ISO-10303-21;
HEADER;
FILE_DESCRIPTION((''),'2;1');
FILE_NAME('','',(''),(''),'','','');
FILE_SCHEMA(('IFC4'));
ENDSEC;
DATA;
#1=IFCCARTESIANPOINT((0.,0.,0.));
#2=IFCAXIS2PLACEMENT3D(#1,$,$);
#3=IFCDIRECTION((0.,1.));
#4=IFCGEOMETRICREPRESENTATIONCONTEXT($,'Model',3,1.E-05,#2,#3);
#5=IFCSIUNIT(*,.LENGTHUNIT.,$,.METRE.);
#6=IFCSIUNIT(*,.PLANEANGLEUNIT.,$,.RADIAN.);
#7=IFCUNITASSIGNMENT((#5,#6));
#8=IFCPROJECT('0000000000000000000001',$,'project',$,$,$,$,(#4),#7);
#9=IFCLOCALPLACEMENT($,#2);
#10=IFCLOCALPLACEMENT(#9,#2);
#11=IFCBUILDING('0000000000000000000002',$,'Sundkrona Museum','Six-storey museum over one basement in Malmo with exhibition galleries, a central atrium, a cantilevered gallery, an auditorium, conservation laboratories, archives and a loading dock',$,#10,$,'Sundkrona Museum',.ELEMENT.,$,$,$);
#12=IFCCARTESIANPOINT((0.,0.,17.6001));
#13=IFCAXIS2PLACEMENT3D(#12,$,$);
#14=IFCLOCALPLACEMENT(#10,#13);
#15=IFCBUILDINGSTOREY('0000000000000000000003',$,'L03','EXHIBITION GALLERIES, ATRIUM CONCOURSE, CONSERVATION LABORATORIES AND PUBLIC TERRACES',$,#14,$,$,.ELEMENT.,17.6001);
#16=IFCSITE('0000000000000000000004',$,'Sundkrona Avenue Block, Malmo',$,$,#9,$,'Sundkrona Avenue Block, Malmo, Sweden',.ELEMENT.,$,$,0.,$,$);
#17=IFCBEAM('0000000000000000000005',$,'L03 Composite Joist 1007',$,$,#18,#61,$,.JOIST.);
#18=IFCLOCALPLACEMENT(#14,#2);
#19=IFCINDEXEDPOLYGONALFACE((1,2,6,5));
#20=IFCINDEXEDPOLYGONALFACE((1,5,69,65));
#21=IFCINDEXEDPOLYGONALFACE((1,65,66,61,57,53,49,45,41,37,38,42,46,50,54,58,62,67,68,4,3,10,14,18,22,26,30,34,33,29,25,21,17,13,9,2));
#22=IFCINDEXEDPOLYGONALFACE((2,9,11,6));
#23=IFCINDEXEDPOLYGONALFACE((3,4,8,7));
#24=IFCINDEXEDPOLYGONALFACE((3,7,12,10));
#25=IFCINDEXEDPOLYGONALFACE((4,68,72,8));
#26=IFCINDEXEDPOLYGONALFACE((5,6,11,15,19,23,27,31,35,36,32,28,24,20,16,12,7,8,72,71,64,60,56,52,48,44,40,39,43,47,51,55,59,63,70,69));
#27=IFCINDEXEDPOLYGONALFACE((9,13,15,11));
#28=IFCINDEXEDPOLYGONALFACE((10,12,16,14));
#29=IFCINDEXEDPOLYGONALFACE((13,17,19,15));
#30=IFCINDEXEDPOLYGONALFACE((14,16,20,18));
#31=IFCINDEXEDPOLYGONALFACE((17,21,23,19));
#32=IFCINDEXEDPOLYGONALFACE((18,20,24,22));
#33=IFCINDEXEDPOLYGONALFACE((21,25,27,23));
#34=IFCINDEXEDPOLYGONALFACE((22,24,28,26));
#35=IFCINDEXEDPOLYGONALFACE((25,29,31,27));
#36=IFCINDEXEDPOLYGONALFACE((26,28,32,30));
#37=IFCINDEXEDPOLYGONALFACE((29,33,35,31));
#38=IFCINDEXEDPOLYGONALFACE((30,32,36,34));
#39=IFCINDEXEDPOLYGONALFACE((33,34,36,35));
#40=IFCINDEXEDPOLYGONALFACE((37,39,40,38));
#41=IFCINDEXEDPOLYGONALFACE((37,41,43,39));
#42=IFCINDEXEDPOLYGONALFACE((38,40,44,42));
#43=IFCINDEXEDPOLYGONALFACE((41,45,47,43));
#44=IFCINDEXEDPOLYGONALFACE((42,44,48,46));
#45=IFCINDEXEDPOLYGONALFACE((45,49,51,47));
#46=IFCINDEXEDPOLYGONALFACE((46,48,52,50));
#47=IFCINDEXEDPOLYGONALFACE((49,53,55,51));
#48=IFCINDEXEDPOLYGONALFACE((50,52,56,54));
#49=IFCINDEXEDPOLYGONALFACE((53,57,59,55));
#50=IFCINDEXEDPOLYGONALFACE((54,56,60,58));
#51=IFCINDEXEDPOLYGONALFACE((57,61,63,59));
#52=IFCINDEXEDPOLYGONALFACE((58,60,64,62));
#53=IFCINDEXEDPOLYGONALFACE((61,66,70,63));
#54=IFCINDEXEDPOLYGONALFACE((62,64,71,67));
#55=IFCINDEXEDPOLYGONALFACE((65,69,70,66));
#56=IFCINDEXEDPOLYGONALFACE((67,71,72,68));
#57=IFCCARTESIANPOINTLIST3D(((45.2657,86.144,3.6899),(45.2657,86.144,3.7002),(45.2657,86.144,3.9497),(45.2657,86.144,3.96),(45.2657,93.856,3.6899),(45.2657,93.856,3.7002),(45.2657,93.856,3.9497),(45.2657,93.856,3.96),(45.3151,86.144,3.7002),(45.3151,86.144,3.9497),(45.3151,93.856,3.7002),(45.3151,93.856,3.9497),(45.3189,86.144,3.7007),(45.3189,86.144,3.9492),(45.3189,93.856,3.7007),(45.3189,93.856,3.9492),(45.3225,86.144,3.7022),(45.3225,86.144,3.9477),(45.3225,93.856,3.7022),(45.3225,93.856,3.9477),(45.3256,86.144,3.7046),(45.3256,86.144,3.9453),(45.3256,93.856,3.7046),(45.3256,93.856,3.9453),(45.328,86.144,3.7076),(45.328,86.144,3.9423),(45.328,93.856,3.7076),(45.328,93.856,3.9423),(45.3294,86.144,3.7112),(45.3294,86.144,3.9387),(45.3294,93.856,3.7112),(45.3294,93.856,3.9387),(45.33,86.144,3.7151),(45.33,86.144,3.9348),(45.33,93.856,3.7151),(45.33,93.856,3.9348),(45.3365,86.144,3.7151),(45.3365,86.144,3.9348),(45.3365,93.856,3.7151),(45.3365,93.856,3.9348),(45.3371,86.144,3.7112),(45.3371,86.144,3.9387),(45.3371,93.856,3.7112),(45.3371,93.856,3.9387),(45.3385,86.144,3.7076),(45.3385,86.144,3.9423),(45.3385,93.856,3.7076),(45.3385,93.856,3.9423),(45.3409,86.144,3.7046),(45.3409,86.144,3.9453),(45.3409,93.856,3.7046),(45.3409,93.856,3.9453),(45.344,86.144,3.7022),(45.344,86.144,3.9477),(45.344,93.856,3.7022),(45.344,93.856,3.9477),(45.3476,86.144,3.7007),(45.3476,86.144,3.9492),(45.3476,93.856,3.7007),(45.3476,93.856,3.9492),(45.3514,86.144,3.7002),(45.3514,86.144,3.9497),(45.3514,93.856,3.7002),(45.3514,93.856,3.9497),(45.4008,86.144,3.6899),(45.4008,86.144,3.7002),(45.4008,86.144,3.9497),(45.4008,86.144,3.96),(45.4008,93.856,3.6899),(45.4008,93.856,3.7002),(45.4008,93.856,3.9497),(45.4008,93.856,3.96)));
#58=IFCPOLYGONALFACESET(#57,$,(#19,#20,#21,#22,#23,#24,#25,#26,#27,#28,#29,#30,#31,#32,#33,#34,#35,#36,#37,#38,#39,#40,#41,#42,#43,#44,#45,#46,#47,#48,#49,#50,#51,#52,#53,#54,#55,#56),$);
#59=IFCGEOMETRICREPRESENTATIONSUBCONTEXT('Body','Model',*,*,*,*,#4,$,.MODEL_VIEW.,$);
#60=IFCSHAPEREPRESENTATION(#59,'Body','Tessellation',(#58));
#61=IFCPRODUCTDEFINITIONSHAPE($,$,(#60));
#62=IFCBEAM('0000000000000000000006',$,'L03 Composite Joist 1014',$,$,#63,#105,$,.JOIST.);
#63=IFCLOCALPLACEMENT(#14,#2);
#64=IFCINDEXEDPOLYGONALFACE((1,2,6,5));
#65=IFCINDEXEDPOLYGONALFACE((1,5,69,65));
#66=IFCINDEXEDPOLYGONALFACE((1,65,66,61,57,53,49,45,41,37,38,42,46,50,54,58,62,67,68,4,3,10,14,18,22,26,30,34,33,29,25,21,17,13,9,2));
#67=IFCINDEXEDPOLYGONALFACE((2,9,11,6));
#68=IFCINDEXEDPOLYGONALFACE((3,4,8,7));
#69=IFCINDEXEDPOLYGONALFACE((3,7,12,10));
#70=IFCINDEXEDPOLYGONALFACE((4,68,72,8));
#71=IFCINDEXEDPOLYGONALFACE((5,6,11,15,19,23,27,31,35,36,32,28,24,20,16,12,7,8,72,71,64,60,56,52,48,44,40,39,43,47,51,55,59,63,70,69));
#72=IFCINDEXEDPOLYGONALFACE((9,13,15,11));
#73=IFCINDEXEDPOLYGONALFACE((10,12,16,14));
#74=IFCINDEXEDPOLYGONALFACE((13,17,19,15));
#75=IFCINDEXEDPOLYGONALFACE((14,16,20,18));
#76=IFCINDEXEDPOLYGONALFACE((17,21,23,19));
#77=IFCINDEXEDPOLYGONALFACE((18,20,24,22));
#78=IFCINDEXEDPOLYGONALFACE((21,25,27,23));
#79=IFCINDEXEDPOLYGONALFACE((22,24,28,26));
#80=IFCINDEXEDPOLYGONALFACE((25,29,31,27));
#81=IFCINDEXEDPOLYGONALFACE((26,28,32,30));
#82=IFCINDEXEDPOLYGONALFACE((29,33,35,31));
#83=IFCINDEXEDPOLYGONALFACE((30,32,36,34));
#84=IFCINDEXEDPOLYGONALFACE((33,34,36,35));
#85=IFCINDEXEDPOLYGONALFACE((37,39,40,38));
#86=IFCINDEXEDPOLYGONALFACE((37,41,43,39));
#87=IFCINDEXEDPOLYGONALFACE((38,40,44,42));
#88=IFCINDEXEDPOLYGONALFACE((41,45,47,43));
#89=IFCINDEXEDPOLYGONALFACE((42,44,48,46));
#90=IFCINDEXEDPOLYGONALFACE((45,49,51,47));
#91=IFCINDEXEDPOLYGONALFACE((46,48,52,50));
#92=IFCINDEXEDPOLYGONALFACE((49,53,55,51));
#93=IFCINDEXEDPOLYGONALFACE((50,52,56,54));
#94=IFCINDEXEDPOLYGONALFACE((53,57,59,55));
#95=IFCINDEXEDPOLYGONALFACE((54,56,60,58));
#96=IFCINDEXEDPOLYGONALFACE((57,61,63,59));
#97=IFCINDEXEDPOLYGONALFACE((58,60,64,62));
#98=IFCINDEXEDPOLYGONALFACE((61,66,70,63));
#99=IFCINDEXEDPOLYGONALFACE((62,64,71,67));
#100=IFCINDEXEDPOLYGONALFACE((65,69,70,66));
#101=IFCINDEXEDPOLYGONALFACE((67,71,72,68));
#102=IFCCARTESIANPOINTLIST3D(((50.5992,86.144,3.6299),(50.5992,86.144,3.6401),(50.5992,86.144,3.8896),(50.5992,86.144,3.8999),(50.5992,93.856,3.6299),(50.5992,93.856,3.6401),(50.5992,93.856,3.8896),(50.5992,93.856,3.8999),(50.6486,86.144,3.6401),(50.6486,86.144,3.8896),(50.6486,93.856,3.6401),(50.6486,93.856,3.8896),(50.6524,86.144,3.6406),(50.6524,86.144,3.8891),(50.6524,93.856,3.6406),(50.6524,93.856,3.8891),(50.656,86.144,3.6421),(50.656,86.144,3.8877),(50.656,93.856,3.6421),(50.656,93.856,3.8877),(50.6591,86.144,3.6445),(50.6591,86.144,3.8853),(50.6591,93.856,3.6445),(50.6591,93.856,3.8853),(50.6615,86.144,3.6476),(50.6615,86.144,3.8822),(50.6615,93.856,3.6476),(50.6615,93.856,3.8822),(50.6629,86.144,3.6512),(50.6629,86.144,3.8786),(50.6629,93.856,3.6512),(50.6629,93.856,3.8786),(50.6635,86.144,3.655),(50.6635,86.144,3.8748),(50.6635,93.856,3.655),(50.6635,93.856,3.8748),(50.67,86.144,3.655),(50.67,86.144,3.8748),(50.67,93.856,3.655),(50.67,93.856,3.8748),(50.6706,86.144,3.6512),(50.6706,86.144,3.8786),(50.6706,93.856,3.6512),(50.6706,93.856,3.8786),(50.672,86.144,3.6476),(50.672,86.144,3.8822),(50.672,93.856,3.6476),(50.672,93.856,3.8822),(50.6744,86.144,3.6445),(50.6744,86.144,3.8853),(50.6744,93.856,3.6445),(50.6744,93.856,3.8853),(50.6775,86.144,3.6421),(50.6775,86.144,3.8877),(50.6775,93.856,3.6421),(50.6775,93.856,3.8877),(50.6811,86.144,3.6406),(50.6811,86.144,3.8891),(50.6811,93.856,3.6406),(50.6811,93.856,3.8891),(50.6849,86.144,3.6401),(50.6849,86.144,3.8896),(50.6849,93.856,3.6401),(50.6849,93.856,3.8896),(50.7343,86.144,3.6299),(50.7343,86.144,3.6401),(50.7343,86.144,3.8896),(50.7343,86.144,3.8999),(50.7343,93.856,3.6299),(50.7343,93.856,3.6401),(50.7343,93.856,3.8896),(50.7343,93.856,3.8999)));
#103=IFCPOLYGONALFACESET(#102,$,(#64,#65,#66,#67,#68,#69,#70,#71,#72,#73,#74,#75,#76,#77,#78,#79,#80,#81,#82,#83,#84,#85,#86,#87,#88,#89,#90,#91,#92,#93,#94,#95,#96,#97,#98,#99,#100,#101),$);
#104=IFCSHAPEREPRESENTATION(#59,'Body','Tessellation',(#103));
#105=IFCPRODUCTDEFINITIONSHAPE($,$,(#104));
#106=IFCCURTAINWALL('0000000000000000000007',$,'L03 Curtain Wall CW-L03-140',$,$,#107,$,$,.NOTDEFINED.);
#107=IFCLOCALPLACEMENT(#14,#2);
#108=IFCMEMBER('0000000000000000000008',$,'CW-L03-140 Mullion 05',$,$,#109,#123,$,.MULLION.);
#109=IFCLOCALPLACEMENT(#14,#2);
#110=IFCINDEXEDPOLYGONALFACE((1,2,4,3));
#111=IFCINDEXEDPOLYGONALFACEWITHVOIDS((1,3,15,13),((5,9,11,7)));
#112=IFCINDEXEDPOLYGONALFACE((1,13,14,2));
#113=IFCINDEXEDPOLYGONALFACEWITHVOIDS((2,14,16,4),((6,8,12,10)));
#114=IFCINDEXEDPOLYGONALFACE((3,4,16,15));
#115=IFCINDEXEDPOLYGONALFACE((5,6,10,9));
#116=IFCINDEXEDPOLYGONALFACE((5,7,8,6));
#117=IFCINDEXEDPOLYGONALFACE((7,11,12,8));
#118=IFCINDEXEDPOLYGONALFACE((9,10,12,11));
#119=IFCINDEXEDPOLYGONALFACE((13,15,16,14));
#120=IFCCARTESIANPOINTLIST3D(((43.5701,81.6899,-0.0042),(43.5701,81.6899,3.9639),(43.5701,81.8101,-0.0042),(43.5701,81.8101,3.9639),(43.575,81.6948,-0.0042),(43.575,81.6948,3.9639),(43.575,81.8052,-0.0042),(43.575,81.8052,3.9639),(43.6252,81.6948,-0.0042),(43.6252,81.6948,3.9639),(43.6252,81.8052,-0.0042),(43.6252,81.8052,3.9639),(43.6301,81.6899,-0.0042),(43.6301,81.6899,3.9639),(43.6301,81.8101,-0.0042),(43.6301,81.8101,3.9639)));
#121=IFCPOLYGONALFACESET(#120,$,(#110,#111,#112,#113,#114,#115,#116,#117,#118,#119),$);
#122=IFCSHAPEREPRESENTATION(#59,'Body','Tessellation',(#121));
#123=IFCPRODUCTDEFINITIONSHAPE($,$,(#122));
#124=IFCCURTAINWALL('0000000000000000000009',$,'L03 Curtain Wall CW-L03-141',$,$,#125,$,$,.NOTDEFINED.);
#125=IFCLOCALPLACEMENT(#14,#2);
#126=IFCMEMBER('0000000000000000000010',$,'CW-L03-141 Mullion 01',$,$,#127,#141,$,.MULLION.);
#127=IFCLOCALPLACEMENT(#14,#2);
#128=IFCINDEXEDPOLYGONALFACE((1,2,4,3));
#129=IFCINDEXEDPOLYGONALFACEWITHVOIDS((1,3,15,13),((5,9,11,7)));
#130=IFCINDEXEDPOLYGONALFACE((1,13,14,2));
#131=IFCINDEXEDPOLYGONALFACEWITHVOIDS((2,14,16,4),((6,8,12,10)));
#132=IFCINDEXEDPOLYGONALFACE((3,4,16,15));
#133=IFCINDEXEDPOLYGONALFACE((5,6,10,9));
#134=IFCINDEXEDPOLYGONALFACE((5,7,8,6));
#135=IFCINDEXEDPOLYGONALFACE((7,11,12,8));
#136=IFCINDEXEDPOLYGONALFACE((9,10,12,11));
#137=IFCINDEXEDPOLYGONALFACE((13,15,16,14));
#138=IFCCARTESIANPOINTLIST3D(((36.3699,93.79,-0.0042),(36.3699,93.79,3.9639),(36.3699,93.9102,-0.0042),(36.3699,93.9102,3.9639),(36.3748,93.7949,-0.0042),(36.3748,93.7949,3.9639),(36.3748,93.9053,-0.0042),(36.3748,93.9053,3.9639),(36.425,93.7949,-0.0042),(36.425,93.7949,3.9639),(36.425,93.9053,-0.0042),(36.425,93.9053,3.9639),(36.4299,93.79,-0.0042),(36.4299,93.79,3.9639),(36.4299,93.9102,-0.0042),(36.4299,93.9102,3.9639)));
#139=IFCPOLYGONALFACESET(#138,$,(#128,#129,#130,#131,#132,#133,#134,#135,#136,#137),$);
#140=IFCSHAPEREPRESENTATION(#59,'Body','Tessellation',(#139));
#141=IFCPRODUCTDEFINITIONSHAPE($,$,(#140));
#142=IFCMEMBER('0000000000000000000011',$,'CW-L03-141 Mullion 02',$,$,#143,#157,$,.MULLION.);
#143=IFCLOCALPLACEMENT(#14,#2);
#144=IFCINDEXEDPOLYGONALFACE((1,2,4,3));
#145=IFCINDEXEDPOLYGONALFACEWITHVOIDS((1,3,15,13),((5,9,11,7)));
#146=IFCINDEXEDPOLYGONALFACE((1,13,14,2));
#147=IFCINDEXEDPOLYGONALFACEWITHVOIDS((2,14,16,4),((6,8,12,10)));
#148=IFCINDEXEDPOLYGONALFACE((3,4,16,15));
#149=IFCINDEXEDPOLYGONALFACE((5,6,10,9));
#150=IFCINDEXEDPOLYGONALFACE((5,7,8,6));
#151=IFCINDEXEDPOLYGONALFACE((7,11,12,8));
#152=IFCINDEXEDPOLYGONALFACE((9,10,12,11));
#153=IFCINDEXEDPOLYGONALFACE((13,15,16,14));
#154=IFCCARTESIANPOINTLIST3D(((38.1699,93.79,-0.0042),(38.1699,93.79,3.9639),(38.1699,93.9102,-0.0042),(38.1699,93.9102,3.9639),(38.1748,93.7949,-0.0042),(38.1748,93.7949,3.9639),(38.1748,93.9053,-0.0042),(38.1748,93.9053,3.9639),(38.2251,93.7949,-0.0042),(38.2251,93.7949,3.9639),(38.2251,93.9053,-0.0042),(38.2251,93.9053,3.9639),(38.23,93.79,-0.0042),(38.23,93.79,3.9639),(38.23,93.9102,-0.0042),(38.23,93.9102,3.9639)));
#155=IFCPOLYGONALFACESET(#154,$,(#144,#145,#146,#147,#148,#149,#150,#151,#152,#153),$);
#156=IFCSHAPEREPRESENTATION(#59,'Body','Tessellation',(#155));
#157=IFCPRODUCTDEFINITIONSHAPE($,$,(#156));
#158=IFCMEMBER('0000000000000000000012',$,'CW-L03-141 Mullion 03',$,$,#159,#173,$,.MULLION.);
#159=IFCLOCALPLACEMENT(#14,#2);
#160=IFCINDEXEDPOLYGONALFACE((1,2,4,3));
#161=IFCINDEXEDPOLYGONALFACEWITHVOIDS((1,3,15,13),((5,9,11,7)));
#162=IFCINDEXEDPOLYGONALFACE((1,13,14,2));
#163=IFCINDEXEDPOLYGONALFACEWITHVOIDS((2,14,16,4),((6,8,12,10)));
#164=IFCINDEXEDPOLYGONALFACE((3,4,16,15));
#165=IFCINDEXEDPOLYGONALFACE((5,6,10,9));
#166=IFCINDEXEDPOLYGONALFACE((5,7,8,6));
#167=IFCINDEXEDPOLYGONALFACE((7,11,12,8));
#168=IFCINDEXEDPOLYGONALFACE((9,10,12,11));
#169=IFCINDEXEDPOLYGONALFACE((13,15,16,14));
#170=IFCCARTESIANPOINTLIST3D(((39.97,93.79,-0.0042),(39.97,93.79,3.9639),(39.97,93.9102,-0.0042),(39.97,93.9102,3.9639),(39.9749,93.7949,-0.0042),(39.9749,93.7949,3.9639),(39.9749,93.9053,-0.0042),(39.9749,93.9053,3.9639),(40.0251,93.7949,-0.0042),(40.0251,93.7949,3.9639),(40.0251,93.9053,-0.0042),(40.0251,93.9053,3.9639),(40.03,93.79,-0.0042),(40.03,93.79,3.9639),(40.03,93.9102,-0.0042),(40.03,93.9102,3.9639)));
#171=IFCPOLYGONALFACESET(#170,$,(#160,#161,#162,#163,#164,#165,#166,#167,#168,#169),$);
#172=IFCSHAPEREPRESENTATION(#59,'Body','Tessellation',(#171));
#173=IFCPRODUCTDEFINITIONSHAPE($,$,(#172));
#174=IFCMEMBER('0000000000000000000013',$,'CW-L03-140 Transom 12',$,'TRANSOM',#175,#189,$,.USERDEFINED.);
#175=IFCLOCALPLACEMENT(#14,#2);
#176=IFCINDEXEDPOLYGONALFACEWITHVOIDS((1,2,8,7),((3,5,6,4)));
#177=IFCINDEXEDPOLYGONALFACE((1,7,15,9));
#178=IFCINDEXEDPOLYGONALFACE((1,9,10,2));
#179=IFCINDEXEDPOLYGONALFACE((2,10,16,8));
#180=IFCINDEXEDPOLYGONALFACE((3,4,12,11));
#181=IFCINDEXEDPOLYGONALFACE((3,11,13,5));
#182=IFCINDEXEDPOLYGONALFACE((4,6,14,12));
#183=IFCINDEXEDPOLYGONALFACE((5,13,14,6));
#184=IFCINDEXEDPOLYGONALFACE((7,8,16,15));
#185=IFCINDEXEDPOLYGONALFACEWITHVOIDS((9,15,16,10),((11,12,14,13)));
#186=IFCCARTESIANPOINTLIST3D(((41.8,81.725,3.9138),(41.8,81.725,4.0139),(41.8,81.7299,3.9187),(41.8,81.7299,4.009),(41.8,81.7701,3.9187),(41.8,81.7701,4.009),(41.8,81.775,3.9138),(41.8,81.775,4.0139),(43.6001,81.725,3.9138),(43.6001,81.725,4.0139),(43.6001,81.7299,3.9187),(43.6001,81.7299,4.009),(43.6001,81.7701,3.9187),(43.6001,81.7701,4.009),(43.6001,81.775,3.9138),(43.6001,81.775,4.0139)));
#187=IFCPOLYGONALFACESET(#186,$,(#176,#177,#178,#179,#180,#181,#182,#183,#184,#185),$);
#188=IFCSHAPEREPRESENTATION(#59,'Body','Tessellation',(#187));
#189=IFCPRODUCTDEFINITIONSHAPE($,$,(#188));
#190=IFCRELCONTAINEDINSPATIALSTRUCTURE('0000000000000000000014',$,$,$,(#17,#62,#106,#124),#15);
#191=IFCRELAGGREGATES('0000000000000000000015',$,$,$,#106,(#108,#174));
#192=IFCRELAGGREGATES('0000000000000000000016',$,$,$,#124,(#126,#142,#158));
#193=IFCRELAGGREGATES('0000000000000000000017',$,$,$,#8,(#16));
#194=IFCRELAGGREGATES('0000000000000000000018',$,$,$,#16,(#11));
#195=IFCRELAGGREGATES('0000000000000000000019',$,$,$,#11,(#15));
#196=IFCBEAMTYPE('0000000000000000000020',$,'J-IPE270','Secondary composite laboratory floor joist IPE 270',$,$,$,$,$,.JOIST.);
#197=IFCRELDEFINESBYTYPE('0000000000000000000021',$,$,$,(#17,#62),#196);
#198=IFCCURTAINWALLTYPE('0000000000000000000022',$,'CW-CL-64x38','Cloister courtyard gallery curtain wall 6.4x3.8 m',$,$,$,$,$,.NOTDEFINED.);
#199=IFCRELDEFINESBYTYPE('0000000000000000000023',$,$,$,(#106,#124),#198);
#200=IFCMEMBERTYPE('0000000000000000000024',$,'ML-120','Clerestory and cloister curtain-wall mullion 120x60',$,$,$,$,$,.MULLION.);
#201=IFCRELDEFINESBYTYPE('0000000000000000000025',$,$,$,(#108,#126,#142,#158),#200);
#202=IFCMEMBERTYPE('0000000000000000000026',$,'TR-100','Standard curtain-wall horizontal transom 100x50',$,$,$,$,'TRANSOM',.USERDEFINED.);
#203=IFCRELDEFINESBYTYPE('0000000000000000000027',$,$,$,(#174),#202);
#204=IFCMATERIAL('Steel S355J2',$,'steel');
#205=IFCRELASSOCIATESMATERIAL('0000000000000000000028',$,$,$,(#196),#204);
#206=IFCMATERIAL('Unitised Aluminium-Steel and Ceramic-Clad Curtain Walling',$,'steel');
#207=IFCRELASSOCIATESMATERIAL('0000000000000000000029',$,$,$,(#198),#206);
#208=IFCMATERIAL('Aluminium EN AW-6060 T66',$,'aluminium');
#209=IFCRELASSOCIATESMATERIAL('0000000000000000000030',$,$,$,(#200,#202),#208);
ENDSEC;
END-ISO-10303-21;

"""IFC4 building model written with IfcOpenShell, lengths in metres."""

from ifc_helpers import new_model, si_unit, direction, frame, origin, origin_2d, place, context, subcontext, project, spatial, hollow_rectangle, i_section, extrude, material, material_profile, profile_set, type_object, element, aggregate, save


model = new_model("IFC4")

# Units and contexts
model_context = context("Model", 3, precision=1e-05, world=origin(), true_north=direction((0.0, 1.0)))
body_context = subcontext(model_context, "Body", "Model", "MODEL_VIEW")
ifc_project = project(units=[si_unit("LENGTHUNIT", "METRE"), si_unit("PLANEANGLEUNIT", "RADIAN")], contexts=[model_context])

# Site, building, storey
site_placement = place(None, origin())
site = spatial("IfcSite", under=ifc_project, at=site_placement, Name="Sundkrona Avenue Block, Malmo", LongName="Sundkrona Avenue Block, Malmo, Sweden", CompositionType="ELEMENT", RefElevation=0.0)
building_placement = place(site_placement, origin())
building = spatial("IfcBuilding", under=site, at=building_placement, Name="Sundkrona Museum", Description="Six-storey museum over one basement in Malmo with exhibition galleries, a central atrium, a cantilevered gallery, an auditorium, conservation laboratories, archives and a loading dock", LongName="Sundkrona Museum", CompositionType="ELEMENT")
storey_placement = place(building_placement, frame((0.0, 0.0, 17.6001)))
storey = spatial("IfcBuildingStorey", under=building, at=storey_placement, Name="L03", Description="EXHIBITION GALLERIES, ATRIUM CONCOURSE, CONSERVATION LABORATORIES AND PUBLIC TERRACES", CompositionType="ELEMENT", Elevation=17.6001)

# Shared definitions
ifc_material_1 = material(Name="Steel S355J2", Category="steel")

# Beams
ifc_material_profile_1 = material_profile(ifc_material_1, i_section(OverallWidth=0.135, OverallDepth=0.27, WebThickness=0.0066, FlangeThickness=0.0103, FilletRadius=0.0149, at=origin_2d()), Name="IPE 270")
ifc_profile_set_1 = profile_set([ifc_material_profile_1], Name="Steel S355J2")
beam_type_1 = type_object("IfcBeamType", Name="J-IPE270", Description="Secondary composite laboratory floor joist IPE 270", PredefinedType="JOIST", material=ifc_profile_set_1)
for number, where, z_axis, x_axis, name in (
    (1, (45.3333, 86.144, 3.825), (0.0, 1.0, 0.0), (-1.0, 0.0, 0.0), "L03 Composite Joist 1007"),
    (2, (50.6667, 86.144, 3.7649), (0.0, 1.0, 0.0), (-1.0, 0.0, 0.0), "L03 Composite Joist 1014"),
):
    element("IfcBeam", number, at=place(storey_placement, frame(where, z_axis=z_axis, x_axis=x_axis)), inside=storey, type_object=beam_type_1, Name=name, PredefinedType="JOIST", context=body_context, shape_type="SweptSolid", body=[
        extrude(i_section(OverallWidth=0.135, OverallDepth=0.27, WebThickness=0.0066, FlangeThickness=0.0103, FilletRadius=0.0149, at=origin_2d()), origin(), (0.0, 0.0, 1.0), 7.7119),
    ])

# Curtain wall, member
ifc_material_2 = material(Name="Unitised Aluminium-Steel and Ceramic-Clad Curtain Walling", Category="steel")
curtain_wall_type = type_object("IfcCurtainWallType", Name="CW-CL-64x38", Description="Cloister courtyard gallery curtain wall 6.4x3.8 m", PredefinedType="NOTDEFINED", material=ifc_material_2)
curtain_wall_1_placement = place(storey_placement, origin())
curtain_wall_1 = element("IfcCurtainWall", 3, at=curtain_wall_1_placement, inside=storey, type_object=curtain_wall_type, Name="L03 Curtain Wall CW-L03-140", PredefinedType="NOTDEFINED")
ifc_material_3 = material(Name="Aluminium EN AW-6060 T66", Category="aluminium")
ifc_material_profile_2 = material_profile(ifc_material_3, hollow_rectangle(XDim=0.0601, YDim=0.1201, WallThickness=0.0049, at=origin_2d()), Name="RHS 120x60x5.0")
ifc_profile_set_2 = profile_set([ifc_material_profile_2], Name="Aluminium EN AW-6060 T66")
member_type_1 = type_object("IfcMemberType", Name="ML-120", Description="Clerestory and cloister curtain-wall mullion 120x60", PredefinedType="MULLION", material=ifc_profile_set_2)
member_1_placement = place(storey_placement, frame((43.6001, 81.75, -0.0042), z_axis=(0.0, 0.0, 1.0), x_axis=(1.0, 0.0, 0.0)))
member_1 = element("IfcMember", 4, at=member_1_placement, type_object=member_type_1, Name="CW-L03-140 Mullion 05", PredefinedType="MULLION", context=body_context, shape_type="SweptSolid", body=[
    extrude(hollow_rectangle(XDim=0.0601, YDim=0.1201, WallThickness=0.0049, at=origin_2d()), origin(), (0.0, 0.0, 1.0), 3.968),
])

# Curtain wall, members
curtain_wall_2_placement = place(storey_placement, origin())
curtain_wall_2 = element("IfcCurtainWall", 5, at=curtain_wall_2_placement, inside=storey, type_object=curtain_wall_type, Name="L03 Curtain Wall CW-L03-141", PredefinedType="NOTDEFINED")
member_2_placement = place(storey_placement, frame((36.3999, 93.8501, -0.0042), z_axis=(0.0, 0.0, 1.0), x_axis=(1.0, 0.0, 0.0)))
member_2 = element("IfcMember", 6, at=member_2_placement, type_object=member_type_1, Name="CW-L03-141 Mullion 01", PredefinedType="MULLION", context=body_context, shape_type="SweptSolid", body=[
    extrude(hollow_rectangle(XDim=0.0601, YDim=0.1201, WallThickness=0.0049, at=origin_2d()), origin(), (0.0, 0.0, 1.0), 3.968),
])
member_3_placement = place(storey_placement, frame((38.2, 93.8501, -0.0042), z_axis=(0.0, 0.0, 1.0), x_axis=(1.0, 0.0, 0.0)))
member_3 = element("IfcMember", 7, at=member_3_placement, type_object=member_type_1, Name="CW-L03-141 Mullion 02", PredefinedType="MULLION", context=body_context, shape_type="SweptSolid", body=[
    extrude(hollow_rectangle(XDim=0.0601, YDim=0.1201, WallThickness=0.0049, at=origin_2d()), origin(), (0.0, 0.0, 1.0), 3.968),
])
member_4_placement = place(storey_placement, frame((40.0, 93.8501, -0.0042), z_axis=(0.0, 0.0, 1.0), x_axis=(1.0, 0.0, 0.0)))
member_4 = element("IfcMember", 8, at=member_4_placement, type_object=member_type_1, Name="CW-L03-141 Mullion 03", PredefinedType="MULLION", context=body_context, shape_type="SweptSolid", body=[
    extrude(hollow_rectangle(XDim=0.0601, YDim=0.1201, WallThickness=0.0049, at=origin_2d()), origin(), (0.0, 0.0, 1.0), 3.968),
])

# Member
ifc_material_profile_3 = material_profile(ifc_material_3, hollow_rectangle(XDim=0.05, YDim=0.1001, WallThickness=0.0049, at=origin_2d()), Name="RHS 100x50x5.0")
ifc_profile_set_3 = profile_set([ifc_material_profile_3], Name="Aluminium EN AW-6060 T66")
member_type_2 = type_object("IfcMemberType", Name="TR-100", Description="Standard curtain-wall horizontal transom 100x50", ElementType="TRANSOM", PredefinedType="USERDEFINED", material=ifc_profile_set_3)
member_5_placement = place(storey_placement, frame((41.8, 81.75, 3.9639), z_axis=(1.0, 0.0, 0.0), x_axis=(0.0, 1.0, 0.0)))
member_5 = element("IfcMember", 9, at=member_5_placement, type_object=member_type_2, Name="CW-L03-140 Transom 12", ObjectType="TRANSOM", PredefinedType="USERDEFINED", context=body_context, shape_type="SweptSolid", body=[
    extrude(hollow_rectangle(XDim=0.05, YDim=0.1001, WallThickness=0.0049, at=origin_2d()), origin(), (0.0, 0.0, 1.0), 1.8),
])

aggregate(curtain_wall_1, [member_1, member_5])
aggregate(curtain_wall_2, [member_2, member_3, member_4])

save(model, "model.ifc")
